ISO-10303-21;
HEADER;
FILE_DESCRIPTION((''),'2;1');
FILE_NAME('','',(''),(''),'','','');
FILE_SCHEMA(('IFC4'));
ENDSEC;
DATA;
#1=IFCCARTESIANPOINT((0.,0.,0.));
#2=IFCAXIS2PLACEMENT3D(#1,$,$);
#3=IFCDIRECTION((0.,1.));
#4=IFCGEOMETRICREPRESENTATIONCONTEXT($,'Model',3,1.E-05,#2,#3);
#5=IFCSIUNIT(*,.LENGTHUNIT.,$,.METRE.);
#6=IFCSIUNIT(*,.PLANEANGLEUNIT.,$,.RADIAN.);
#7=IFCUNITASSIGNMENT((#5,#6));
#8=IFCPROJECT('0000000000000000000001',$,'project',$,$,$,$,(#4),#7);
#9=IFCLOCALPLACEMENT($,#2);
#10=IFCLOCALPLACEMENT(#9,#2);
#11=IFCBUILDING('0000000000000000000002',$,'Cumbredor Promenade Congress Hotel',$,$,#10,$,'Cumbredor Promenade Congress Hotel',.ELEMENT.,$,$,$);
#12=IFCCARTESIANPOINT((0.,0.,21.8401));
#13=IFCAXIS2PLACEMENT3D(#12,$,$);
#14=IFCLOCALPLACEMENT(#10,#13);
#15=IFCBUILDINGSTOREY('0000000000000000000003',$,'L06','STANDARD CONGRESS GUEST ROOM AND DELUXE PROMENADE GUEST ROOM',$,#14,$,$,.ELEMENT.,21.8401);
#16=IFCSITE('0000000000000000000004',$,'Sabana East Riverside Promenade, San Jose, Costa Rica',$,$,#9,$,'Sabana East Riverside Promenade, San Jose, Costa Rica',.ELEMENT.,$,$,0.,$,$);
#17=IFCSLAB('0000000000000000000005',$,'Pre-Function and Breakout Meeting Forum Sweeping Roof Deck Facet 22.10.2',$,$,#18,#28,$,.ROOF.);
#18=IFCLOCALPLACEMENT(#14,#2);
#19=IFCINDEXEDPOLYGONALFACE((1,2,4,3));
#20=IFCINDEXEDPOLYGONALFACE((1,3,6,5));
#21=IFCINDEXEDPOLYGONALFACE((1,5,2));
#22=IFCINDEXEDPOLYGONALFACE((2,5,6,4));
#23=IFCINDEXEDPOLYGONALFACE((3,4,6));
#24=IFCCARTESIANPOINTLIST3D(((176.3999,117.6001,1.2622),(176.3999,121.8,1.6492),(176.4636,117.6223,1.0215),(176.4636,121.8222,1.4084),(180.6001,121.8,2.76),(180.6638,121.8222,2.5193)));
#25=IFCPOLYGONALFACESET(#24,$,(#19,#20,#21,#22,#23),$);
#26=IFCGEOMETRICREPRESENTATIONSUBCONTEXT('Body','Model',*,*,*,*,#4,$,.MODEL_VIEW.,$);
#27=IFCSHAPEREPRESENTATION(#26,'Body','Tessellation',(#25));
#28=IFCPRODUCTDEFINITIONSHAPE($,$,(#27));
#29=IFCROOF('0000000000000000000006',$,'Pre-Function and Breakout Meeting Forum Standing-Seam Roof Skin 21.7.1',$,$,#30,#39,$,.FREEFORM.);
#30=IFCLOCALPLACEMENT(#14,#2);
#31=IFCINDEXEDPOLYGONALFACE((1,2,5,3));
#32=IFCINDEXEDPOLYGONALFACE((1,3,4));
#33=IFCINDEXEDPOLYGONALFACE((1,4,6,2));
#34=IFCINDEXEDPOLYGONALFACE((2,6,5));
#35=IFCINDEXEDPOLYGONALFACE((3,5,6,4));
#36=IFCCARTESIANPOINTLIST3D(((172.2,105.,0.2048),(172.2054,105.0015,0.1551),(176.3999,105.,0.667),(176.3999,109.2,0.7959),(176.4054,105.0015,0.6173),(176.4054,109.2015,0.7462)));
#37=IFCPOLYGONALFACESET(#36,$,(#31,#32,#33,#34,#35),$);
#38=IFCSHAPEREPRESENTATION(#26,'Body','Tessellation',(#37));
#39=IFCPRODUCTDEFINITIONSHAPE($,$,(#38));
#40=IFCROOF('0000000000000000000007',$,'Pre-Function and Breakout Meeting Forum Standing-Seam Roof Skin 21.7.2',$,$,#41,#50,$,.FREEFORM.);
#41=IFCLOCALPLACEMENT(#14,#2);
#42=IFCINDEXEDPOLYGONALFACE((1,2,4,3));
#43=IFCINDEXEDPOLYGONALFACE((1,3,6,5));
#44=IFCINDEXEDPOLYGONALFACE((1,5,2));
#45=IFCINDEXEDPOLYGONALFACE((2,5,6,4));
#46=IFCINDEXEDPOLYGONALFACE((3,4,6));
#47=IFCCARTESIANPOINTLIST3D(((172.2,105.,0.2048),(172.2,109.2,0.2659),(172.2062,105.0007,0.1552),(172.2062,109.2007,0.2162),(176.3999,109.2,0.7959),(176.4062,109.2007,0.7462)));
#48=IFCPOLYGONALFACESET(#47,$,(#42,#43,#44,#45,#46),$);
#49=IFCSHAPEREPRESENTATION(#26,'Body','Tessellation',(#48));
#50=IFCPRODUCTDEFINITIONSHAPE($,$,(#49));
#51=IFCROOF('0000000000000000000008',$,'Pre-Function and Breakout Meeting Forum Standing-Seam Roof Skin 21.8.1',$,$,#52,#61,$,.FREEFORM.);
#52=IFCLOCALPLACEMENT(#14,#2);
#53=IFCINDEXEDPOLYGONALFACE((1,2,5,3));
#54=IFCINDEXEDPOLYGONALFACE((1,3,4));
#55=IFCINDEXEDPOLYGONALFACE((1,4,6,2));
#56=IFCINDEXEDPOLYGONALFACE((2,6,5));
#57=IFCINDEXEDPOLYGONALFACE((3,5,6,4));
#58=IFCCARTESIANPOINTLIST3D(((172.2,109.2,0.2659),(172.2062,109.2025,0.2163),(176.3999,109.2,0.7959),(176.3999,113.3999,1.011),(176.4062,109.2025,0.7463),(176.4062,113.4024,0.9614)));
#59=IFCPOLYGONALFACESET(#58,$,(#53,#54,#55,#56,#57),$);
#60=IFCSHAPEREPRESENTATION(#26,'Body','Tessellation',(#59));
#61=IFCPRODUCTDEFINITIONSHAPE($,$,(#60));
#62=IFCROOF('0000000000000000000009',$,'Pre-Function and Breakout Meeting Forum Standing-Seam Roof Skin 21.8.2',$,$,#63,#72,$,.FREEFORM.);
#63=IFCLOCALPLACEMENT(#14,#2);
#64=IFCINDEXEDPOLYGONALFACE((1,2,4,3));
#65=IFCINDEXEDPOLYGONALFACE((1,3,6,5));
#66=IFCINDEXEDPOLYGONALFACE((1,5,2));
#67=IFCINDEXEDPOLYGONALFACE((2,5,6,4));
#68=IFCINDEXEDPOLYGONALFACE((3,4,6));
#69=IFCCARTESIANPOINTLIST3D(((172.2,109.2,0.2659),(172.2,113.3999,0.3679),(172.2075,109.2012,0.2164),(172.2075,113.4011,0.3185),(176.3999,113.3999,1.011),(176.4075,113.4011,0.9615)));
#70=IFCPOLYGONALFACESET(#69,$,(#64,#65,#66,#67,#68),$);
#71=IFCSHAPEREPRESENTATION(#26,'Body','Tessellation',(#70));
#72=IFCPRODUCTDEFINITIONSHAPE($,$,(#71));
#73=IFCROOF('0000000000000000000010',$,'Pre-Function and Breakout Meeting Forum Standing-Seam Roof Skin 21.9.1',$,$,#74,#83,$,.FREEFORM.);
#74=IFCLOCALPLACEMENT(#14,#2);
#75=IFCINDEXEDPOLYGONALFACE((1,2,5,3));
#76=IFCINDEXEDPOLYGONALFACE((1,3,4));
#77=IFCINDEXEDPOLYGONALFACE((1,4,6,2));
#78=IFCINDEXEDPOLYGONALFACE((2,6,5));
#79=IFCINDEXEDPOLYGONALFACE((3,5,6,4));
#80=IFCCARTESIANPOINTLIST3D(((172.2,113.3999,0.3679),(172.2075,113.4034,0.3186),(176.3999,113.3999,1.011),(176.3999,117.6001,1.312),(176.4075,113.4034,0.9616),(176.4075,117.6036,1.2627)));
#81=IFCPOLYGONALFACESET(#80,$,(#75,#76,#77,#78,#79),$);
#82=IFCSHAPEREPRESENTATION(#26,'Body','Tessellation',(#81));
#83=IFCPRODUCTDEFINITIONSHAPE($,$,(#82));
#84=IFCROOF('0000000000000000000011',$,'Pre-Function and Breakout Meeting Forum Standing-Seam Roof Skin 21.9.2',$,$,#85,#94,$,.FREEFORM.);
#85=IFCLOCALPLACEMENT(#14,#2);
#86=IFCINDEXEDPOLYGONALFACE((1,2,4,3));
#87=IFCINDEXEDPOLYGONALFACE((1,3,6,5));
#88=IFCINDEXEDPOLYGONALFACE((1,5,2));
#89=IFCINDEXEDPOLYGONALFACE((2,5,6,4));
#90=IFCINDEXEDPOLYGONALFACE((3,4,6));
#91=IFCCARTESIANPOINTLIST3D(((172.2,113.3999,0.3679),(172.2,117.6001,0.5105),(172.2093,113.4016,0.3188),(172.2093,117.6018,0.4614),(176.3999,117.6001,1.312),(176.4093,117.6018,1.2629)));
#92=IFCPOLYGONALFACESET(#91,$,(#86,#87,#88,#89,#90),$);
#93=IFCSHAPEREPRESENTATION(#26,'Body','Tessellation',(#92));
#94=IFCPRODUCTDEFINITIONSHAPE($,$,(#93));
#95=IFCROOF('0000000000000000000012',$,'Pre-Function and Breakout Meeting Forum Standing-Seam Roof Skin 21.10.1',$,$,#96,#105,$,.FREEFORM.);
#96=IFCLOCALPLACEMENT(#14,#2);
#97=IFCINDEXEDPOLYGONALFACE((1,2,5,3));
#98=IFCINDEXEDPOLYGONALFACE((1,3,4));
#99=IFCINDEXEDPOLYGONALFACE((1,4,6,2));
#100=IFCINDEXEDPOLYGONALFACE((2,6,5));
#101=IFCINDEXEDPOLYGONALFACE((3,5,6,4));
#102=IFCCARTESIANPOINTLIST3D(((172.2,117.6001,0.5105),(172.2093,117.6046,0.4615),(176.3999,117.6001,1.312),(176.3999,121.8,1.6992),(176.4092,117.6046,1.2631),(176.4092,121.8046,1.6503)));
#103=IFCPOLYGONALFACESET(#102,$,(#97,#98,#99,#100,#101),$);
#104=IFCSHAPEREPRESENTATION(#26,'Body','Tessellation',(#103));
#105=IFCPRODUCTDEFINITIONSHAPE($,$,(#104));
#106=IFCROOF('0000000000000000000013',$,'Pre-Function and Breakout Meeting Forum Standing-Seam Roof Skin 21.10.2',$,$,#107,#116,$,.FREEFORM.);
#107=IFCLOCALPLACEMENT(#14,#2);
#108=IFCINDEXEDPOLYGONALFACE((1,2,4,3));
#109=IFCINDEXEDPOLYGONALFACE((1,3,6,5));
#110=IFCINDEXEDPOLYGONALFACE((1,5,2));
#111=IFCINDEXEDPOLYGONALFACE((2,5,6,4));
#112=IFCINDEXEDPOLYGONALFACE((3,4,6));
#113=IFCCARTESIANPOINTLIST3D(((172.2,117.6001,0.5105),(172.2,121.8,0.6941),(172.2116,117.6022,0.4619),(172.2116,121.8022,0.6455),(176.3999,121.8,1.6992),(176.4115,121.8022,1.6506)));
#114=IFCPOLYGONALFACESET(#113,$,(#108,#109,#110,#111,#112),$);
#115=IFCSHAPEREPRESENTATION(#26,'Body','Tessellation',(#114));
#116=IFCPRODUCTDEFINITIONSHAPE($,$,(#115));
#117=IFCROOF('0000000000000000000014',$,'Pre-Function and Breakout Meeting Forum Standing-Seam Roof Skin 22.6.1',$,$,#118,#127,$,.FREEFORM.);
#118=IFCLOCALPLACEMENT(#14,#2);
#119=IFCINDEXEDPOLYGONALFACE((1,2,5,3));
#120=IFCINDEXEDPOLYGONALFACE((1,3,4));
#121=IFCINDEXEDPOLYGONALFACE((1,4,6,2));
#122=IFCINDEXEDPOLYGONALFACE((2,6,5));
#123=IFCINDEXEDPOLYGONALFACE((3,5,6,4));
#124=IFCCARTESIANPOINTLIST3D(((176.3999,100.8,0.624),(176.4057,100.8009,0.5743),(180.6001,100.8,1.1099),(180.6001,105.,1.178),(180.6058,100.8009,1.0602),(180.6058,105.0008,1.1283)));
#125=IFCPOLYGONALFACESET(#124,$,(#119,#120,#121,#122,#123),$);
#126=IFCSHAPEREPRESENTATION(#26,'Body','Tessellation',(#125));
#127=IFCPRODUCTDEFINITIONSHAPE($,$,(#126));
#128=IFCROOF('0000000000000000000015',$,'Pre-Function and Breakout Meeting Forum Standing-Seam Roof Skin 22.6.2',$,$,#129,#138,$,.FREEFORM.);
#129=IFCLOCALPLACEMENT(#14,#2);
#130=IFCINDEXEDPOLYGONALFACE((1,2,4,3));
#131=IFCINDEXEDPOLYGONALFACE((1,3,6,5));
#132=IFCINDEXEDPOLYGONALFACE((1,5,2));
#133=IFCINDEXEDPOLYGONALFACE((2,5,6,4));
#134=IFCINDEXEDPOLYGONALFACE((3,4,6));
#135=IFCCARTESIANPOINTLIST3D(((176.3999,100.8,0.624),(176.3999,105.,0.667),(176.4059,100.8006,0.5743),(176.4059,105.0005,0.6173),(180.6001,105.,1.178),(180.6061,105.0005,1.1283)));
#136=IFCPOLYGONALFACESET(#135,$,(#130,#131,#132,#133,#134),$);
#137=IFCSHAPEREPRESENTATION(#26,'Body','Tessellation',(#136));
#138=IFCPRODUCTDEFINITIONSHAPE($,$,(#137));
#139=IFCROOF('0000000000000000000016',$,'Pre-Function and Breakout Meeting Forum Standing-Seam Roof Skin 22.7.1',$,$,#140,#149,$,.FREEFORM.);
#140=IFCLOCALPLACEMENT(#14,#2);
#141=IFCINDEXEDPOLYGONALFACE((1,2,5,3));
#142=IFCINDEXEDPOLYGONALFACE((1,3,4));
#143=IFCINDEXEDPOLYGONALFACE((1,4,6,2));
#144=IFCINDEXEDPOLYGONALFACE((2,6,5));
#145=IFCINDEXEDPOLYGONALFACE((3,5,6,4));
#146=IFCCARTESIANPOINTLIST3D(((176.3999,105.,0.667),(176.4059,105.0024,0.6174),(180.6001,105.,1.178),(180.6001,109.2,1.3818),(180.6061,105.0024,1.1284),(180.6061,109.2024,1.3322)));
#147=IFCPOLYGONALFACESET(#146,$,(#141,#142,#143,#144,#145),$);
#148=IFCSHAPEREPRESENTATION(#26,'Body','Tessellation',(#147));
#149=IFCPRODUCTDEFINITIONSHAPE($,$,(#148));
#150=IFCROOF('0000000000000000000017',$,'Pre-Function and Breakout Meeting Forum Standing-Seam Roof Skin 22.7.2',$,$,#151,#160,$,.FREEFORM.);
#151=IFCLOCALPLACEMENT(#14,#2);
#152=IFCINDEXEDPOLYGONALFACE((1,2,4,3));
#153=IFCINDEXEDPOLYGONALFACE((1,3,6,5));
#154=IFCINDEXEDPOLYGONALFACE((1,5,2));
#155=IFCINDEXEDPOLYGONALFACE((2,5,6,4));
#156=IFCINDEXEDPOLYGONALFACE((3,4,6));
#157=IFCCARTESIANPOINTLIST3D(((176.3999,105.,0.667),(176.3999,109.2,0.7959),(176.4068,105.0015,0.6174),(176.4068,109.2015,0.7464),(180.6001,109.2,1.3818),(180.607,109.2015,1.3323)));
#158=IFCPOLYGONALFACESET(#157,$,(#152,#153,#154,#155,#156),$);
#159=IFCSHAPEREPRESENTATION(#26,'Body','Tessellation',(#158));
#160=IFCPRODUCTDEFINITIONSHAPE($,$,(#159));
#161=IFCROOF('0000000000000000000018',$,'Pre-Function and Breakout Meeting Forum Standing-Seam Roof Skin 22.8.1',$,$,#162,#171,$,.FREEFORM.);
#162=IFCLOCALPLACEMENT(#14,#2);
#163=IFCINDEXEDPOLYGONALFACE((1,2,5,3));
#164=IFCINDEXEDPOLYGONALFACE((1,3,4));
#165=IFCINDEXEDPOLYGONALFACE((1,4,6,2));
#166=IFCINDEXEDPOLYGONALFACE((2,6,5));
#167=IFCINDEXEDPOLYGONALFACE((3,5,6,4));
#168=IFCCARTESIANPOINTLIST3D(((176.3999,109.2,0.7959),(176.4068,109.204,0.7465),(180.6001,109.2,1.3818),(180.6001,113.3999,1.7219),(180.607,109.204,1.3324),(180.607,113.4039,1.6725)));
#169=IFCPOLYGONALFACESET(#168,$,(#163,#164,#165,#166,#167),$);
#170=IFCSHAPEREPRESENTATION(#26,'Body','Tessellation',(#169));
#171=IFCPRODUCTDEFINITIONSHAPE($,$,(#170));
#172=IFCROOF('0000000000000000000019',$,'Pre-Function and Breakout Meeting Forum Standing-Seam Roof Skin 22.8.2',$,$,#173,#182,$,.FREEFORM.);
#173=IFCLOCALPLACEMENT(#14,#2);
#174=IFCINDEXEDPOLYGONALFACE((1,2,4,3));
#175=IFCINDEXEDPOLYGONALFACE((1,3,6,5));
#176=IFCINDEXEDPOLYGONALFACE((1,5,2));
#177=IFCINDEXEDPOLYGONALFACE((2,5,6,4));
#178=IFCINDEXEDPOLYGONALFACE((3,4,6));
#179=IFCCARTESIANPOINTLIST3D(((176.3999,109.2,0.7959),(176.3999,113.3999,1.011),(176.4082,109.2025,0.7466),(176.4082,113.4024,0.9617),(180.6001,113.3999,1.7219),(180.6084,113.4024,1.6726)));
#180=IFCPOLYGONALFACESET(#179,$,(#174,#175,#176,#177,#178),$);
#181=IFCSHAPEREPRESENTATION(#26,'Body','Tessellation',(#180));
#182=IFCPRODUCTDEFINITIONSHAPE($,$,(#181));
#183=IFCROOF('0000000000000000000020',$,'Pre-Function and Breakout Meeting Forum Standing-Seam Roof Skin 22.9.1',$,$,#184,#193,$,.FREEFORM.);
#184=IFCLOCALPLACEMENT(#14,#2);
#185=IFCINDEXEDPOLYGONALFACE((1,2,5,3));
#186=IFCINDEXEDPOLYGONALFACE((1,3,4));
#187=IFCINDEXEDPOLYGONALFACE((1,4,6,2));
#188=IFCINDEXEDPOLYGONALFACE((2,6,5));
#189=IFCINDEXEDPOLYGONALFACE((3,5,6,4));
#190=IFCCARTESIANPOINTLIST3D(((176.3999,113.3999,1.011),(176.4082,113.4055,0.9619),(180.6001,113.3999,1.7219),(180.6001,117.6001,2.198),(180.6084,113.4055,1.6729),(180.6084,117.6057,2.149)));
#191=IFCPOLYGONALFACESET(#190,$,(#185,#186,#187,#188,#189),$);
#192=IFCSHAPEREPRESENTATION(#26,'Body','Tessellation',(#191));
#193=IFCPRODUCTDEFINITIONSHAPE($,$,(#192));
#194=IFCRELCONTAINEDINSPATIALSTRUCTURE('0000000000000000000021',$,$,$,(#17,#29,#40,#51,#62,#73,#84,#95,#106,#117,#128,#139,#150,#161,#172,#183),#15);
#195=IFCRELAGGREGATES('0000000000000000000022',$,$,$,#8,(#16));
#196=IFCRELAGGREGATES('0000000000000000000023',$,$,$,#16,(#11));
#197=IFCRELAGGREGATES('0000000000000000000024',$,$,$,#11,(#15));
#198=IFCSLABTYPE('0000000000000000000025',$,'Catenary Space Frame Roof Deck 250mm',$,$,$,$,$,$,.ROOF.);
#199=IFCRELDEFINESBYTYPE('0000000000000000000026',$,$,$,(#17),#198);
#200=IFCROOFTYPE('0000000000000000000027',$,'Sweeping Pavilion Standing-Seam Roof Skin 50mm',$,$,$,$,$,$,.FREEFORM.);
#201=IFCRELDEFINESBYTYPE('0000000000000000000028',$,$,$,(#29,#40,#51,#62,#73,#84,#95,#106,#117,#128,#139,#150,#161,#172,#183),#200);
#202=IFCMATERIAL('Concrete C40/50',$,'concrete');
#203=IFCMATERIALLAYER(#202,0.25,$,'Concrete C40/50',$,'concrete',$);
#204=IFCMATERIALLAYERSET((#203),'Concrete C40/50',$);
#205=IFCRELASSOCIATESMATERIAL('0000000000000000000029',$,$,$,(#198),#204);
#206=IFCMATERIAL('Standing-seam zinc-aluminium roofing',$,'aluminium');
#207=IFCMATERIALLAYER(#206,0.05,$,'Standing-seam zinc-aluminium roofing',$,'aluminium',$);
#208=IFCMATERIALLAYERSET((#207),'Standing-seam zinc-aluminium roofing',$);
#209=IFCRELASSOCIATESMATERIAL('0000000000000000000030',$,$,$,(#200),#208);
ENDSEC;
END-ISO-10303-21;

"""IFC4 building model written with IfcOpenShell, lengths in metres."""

from ifc_helpers import new_model, si_unit, direction, frame, origin, place, context, subcontext, project, spatial, polyline, outline, extrude, material, layer, layer_set, type_object, element, save


model = new_model("IFC4")

# Units and contexts
model_context = context("Model", 3, precision=1e-05, world=origin(), true_north=direction((0.0, 1.0)))
body_context = subcontext(model_context, "Body", "Model", "MODEL_VIEW")
ifc_project = project(units=[si_unit("LENGTHUNIT", "METRE"), si_unit("PLANEANGLEUNIT", "RADIAN")], contexts=[model_context])

# Site, building, storey
site_placement = place(None, origin())
site = spatial("IfcSite", under=ifc_project, at=site_placement, Name="Sabana East Riverside Promenade, San Jose, Costa Rica", LongName="Sabana East Riverside Promenade, San Jose, Costa Rica", CompositionType="ELEMENT", RefElevation=0.0)
building_placement = place(site_placement, origin())
building = spatial("IfcBuilding", under=site, at=building_placement, Name="Cumbredor Promenade Congress Hotel", LongName="Cumbredor Promenade Congress Hotel", CompositionType="ELEMENT")
storey_placement = place(building_placement, frame((0.0, 0.0, 21.8401)))
storey = spatial("IfcBuildingStorey", under=building, at=storey_placement, Name="L06", Description="STANDARD CONGRESS GUEST ROOM AND DELUXE PROMENADE GUEST ROOM", CompositionType="ELEMENT", Elevation=21.8401)

# Slab
ifc_material_1 = material(Name="Concrete C40/50", Category="concrete")
ifc_layer_1 = layer(ifc_material_1, 0.25, Name="Concrete C40/50", Category="concrete")
ifc_layer_set_1 = layer_set([ifc_layer_1], Name="Concrete C40/50")
slab_type = type_object("IfcSlabType", Name="Catenary Space Frame Roof Deck 250mm", PredefinedType="ROOF", material=ifc_layer_set_1)
slab_1_placement = place(storey_placement, frame((176.3999, 117.6001, 1.2622), z_axis=(-0.254674, -0.088721, 0.962948), x_axis=(0.685664, 0.685624, 0.24451)))
element("IfcSlab", 1, at=slab_1_placement, inside=storey, type_object=slab_type, Name="Pre-Function and Breakout Meeting Forum Sweeping Roof Deck Facet 22.10.2", PredefinedType="ROOF", context=body_context, shape_type="SweptSolid", body=[
    extrude(outline(polyline([(0.0, 0.0), (6.1257, 0.0), (2.9742, 2.9906), (0.0, 0.0)])), origin(), (0.0, 0.0, -1.0), 0.25),
])

# Roofs
ifc_material_2 = material(Name="Standing-seam zinc-aluminium roofing", Category="aluminium")
ifc_layer_2 = layer(ifc_material_2, 0.05, Name="Standing-seam zinc-aluminium roofing", Category="aluminium")
ifc_layer_set_2 = layer_set([ifc_layer_2], Name="Standing-seam zinc-aluminium roofing")
roof_type = type_object("IfcRoofType", Name="Sweeping Pavilion Standing-Seam Roof Skin 50mm", PredefinedType="FREEFORM", material=ifc_layer_set_2)
roof_1_placement = place(storey_placement, frame((172.2, 105.0, 0.2048), z_axis=(-0.109328, -0.030494, 0.993538), x_axis=(0.994, 0.0, 0.109379)))
element("IfcRoof", 2, at=roof_1_placement, inside=storey, type_object=roof_type, Name="Pre-Function and Breakout Meeting Forum Standing-Seam Roof Skin 21.7.1", PredefinedType="FREEFORM", context=body_context, shape_type="SweptSolid", body=[
    extrude(outline(polyline([(0.0, 0.0), (4.2253, 0.0), (4.2394, 4.2019), (0.0, 0.0)])), origin(), (0.0, 0.0, -1.0), 0.05),
])
roof_2_placement = place(storey_placement, frame((172.2, 105.0, 0.2048), z_axis=(-0.125193, -0.014416, 0.992028), x_axis=(0.703631, 0.703631, 0.099023)))
element("IfcRoof", 3, at=roof_2_placement, inside=storey, type_object=roof_type, Name="Pre-Function and Breakout Meeting Forum Standing-Seam Roof Skin 21.7.2", PredefinedType="FREEFORM", context=body_context, shape_type="SweptSolid", body=[
    extrude(outline(polyline([(0.0, 0.0), (5.969, 0.0), (2.9613, 2.979), (0.0, 0.0)])), origin(), (0.0, 0.0, -1.0), 0.05),
])
roof_3_placement = place(storey_placement, frame((172.2, 109.2, 0.2659), z_axis=(-0.125045, -0.050744, 0.990853), x_axis=(0.992131, 0.0, 0.125206)))
element("IfcRoof", 4, at=roof_3_placement, inside=storey, type_object=roof_type, Name="Pre-Function and Breakout Meeting Forum Standing-Seam Roof Skin 21.8.1", PredefinedType="FREEFORM", context=body_context, shape_type="SweptSolid", body=[
    extrude(outline(polyline([(0.0, 0.0), (4.2333, 0.0), (4.2602, 4.2054), (0.0, 0.0)])), origin(), (0.0, 0.0, -1.0), 0.05),
])
roof_4_placement = place(storey_placement, frame((172.2, 109.2, 0.2659), z_axis=(-0.151305, -0.024011, 0.988195), x_axis=(0.701608, 0.701608, 0.124473)))
element("IfcRoof", 5, at=roof_4_placement, inside=storey, type_object=roof_type, Name="Pre-Function and Breakout Meeting Forum Standing-Seam Roof Skin 21.8.2", PredefinedType="FREEFORM", context=body_context, shape_type="SweptSolid", body=[
    extrude(outline(polyline([(0.0, 0.0), (5.9862, 0.0), (2.9594, 2.9819), (0.0, 0.0)])), origin(), (0.0, 0.0, -1.0), 0.05),
])
roof_5_placement = place(storey_placement, frame((172.2, 113.3999, 0.3679), z_axis=(-0.150971, -0.070667, 0.986009), x_axis=(0.98848, 0.0, 0.151349)))
element("IfcRoof", 6, at=roof_5_placement, inside=storey, type_object=roof_type, Name="Pre-Function and Breakout Meeting Forum Standing-Seam Roof Skin 21.9.1", PredefinedType="FREEFORM", context=body_context, shape_type="SweptSolid", body=[
    extrude(outline(polyline([(0.0, 0.0), (4.2489, 0.0), (4.2945, 4.2107), (0.0, 0.0)])), origin(), (0.0, 0.0, -1.0), 0.05),
])
roof_6_placement = place(storey_placement, frame((172.2, 113.3999, 0.3679), z_axis=(-0.187352, -0.033325, 0.981727), x_axis=(0.69832, 0.698361, 0.156973)))
element("IfcRoof", 7, at=roof_6_placement, inside=storey, type_object=roof_type, Name="Pre-Function and Breakout Meeting Forum Standing-Seam Roof Skin 21.9.2", PredefinedType="FREEFORM", context=body_context, shape_type="SweptSolid", body=[
    extrude(outline(polyline([(0.0, 0.0), (6.0144, 0.0), (2.9556, 2.9877), (0.0, 0.0)])), origin(), (0.0, 0.0, -1.0), 0.05),
])
roof_7_placement = place(storey_placement, frame((172.2, 117.6001, 0.5105), z_axis=(-0.186692, -0.09019, 0.97827), x_axis=(0.982273, 0.0, 0.187456)))
element("IfcRoof", 8, at=roof_7_placement, inside=storey, type_object=roof_type, Name="Pre-Function and Breakout Meeting Forum Standing-Seam Roof Skin 21.10.1", PredefinedType="FREEFORM", context=body_context, shape_type="SweptSolid", body=[
    extrude(outline(polyline([(0.0, 0.0), (4.2757, 0.0), (4.3483, 4.2171), (0.0, 0.0)])), origin(), (0.0, 0.0, -1.0), 0.05),
])
roof_8_placement = place(storey_placement, frame((172.2, 117.6001, 0.5105), z_axis=(-0.232536, -0.042474, 0.97166), x_axis=(0.693357, 0.693357, 0.196242)))
element("IfcRoof", 9, at=roof_8_placement, inside=storey, type_object=roof_type, Name="Pre-Function and Breakout Meeting Forum Standing-Seam Roof Skin 21.10.2", PredefinedType="FREEFORM", context=body_context, shape_type="SweptSolid", body=[
    extrude(outline(polyline([(0.0, 0.0), (6.0574, 0.0), (2.9481, 2.997), (0.0, 0.0)])), origin(), (0.0, 0.0, -1.0), 0.05),
])
roof_9_placement = place(storey_placement, frame((176.3999, 100.8, 0.624), z_axis=(-0.11489, -0.016109, 0.993248), x_axis=(0.993377, 0.0, 0.114905)))
element("IfcRoof", 10, at=roof_9_placement, inside=storey, type_object=roof_type, Name="Pre-Function and Breakout Meeting Forum Standing-Seam Roof Skin 22.6.1", PredefinedType="FREEFORM", context=body_context, shape_type="SweptSolid", body=[
    extrude(outline(polyline([(0.0, 0.0), (4.2282, 0.0), (4.236, 4.2005), (0.0, 0.0)])), origin(), (0.0, 0.0, -1.0), 0.05),
])
roof_10_placement = place(storey_placement, frame((176.3999, 100.8, 0.624), z_axis=(-0.120761, -0.010155, 0.99263), x_axis=(0.704072, 0.704031, 0.092859)))
element("IfcRoof", 11, at=roof_10_placement, inside=storey, type_object=roof_type, Name="Pre-Function and Breakout Meeting Forum Standing-Seam Roof Skin 22.6.2", PredefinedType="FREEFORM", context=body_context, shape_type="SweptSolid", body=[
    extrude(outline(polyline([(0.0, 0.0), (5.9656, 0.0), (2.9609, 2.979), (0.0, 0.0)])), origin(), (0.0, 0.0, -1.0), 0.05),
])
roof_11_placement = place(storey_placement, frame((176.3999, 105.0, 0.667), z_axis=(-0.120627, -0.048127, 0.991531), x_axis=(0.992681, 0.0, 0.120767)))
element("IfcRoof", 12, at=roof_11_placement, inside=storey, type_object=roof_type, Name="Pre-Function and Breakout Meeting Forum Standing-Seam Roof Skin 22.7.1", PredefinedType="FREEFORM", context=body_context, shape_type="SweptSolid", body=[
    extrude(outline(polyline([(0.0, 0.0), (4.2312, 0.0), (4.2558, 4.2048), (0.0, 0.0)])), origin(), (0.0, 0.0, -1.0), 0.05),
])
roof_12_placement = place(storey_placement, frame((176.3999, 105.0, 0.667), z_axis=(-0.138101, -0.030384, 0.989952), x_axis=(0.702061, 0.702021, 0.119486)))
element("IfcRoof", 13, at=roof_12_placement, inside=storey, type_object=roof_type, Name="Pre-Function and Breakout Meeting Forum Standing-Seam Roof Skin 22.7.2", PredefinedType="FREEFORM", context=body_context, shape_type="SweptSolid", body=[
    extrude(outline(polyline([(0.0, 0.0), (5.9827, 0.0), (2.9639, 2.9786), (0.0, 0.0)])), origin(), (0.0, 0.0, -1.0), 0.05),
])
roof_13_placement = place(storey_placement, frame((176.3999, 109.2, 0.7959), z_axis=(-0.137722, -0.079941, 0.98724), x_axis=(0.990409, 0.0, 0.138165)))
element("IfcRoof", 14, at=roof_13_placement, inside=storey, type_object=roof_type, Name="Pre-Function and Breakout Meeting Forum Standing-Seam Roof Skin 22.8.1", PredefinedType="FREEFORM", context=body_context, shape_type="SweptSolid", body=[
    extrude(outline(polyline([(0.0, 0.0), (4.2409, 0.0), (4.2879, 4.2134), (0.0, 0.0)])), origin(), (0.0, 0.0, -1.0), 0.05),
])
roof_14_placement = place(storey_placement, frame((176.3999, 109.2, 0.7959), z_axis=(-0.166677, -0.05043, 0.984721), x_axis=(0.698687, 0.698647, 0.154041)))
element("IfcRoof", 15, at=roof_14_placement, inside=storey, type_object=roof_type, Name="Pre-Function and Breakout Meeting Forum Standing-Seam Roof Skin 22.8.2", PredefinedType="FREEFORM", context=body_context, shape_type="SweptSolid", body=[
    extrude(outline(polyline([(0.0, 0.0), (6.0116, 0.0), (2.9674, 2.98), (0.0, 0.0)])), origin(), (0.0, 0.0, -1.0), 0.05),
])
roof_15_placement = place(storey_placement, frame((176.3999, 113.3999, 1.011), z_axis=(-0.165857, -0.111065, 0.979876), x_axis=(0.985976, 0.0, 0.166889)))
element("IfcRoof", 16, at=roof_15_placement, inside=storey, type_object=roof_type, Name="Pre-Function and Breakout Meeting Forum Standing-Seam Roof Skin 22.9.1", PredefinedType="FREEFORM", context=body_context, shape_type="SweptSolid", body=[
    extrude(outline(polyline([(0.0, 0.0), (4.2599, 0.0), (4.3394, 4.2263), (0.0, 0.0)])), origin(), (0.0, 0.0, -1.0), 0.05),
])

save(model, "model.ifc")
